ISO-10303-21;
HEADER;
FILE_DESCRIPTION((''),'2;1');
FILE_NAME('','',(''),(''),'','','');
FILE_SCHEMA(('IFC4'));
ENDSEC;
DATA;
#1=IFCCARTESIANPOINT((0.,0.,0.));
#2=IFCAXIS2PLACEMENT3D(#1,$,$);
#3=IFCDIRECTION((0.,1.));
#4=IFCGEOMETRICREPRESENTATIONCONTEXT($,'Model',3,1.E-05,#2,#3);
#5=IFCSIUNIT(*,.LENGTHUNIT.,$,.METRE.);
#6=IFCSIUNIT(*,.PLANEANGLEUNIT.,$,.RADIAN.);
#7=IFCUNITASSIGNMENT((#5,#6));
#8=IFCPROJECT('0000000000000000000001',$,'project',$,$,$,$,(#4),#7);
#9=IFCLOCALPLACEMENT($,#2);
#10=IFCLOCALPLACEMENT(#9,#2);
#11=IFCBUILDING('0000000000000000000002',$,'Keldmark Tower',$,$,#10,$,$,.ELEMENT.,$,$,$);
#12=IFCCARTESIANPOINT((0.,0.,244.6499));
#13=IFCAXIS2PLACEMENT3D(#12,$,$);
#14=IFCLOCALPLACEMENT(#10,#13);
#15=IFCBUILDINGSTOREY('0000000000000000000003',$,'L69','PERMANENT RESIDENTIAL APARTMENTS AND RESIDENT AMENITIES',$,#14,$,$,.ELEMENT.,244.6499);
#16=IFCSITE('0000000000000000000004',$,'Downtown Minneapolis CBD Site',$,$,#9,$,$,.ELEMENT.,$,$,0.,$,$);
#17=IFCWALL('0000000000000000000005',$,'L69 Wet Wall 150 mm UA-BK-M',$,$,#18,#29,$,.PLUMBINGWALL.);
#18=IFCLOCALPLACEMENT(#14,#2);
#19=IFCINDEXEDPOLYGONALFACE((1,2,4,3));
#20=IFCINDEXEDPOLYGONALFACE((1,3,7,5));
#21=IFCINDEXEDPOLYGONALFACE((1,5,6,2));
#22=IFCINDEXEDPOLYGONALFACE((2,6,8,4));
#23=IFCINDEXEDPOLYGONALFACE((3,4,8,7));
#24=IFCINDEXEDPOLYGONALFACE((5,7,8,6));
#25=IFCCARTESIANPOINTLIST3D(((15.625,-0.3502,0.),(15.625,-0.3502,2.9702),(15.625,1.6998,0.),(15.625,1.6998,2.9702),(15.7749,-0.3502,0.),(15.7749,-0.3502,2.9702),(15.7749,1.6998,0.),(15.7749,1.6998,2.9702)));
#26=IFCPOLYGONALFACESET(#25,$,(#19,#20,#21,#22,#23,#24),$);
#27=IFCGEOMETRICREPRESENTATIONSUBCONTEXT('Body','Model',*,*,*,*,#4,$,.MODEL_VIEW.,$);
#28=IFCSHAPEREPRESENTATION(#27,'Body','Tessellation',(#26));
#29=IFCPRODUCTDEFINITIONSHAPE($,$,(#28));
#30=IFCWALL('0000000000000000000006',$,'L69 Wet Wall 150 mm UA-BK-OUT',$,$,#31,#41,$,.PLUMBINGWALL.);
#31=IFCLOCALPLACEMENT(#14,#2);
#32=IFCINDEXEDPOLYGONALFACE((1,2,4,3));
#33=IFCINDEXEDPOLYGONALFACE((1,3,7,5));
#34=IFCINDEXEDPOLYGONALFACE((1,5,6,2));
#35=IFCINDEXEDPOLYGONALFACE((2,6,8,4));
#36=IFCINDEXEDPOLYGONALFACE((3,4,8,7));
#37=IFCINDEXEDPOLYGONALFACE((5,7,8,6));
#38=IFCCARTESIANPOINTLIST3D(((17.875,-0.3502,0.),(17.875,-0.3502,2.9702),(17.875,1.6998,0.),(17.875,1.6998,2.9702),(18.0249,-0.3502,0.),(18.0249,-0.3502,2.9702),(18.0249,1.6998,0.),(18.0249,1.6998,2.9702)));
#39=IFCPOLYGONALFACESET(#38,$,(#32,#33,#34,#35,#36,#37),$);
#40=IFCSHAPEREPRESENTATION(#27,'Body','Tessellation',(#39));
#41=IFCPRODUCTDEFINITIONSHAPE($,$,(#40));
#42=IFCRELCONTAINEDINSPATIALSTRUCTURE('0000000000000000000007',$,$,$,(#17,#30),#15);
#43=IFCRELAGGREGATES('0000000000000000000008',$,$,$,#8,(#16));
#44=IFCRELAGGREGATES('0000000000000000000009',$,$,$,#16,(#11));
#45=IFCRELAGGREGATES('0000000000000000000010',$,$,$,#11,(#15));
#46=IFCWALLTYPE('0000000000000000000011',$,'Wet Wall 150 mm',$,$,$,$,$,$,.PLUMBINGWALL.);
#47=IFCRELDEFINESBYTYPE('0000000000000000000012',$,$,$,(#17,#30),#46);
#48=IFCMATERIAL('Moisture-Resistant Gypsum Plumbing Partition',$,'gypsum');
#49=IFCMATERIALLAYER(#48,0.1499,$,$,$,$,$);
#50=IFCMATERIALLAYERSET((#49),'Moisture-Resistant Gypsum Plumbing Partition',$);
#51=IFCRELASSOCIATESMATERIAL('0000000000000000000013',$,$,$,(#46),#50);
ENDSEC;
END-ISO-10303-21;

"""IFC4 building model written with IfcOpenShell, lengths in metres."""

from ifc_helpers import new_model, si_unit, direction, frame, frame_2d, origin, place, context, subcontext, project, spatial, rectangle, extrude, material, layer, layer_set, type_object, element, save


model = new_model("IFC4")

# Units and contexts
model_context = context("Model", 3, precision=1e-05, world=origin(), true_north=direction((0.0, 1.0)))
body_context = subcontext(model_context, "Body", "Model", "MODEL_VIEW")
ifc_project = project(units=[si_unit("LENGTHUNIT", "METRE"), si_unit("PLANEANGLEUNIT", "RADIAN")], contexts=[model_context])

# Site, building, storey
site_placement = place(None, origin())
site = spatial("IfcSite", under=ifc_project, at=site_placement, Name="Downtown Minneapolis CBD Site", CompositionType="ELEMENT", RefElevation=0.0)
building_placement = place(site_placement, origin())
building = spatial("IfcBuilding", under=site, at=building_placement, Name="Keldmark Tower", CompositionType="ELEMENT")
storey_placement = place(building_placement, frame((0.0, 0.0, 244.6499)))
storey = spatial("IfcBuildingStorey", under=building, at=storey_placement, Name="L69", Description="PERMANENT RESIDENTIAL APARTMENTS AND RESIDENT AMENITIES", CompositionType="ELEMENT", Elevation=244.6499)

# Walls
ifc_material_1 = material(Name="Moisture-Resistant Gypsum Plumbing Partition", Category="gypsum")
ifc_layer_1 = layer(ifc_material_1, 0.1499)
ifc_layer_set_1 = layer_set([ifc_layer_1], Name="Moisture-Resistant Gypsum Plumbing Partition")
wall_type_1 = type_object("IfcWallType", Name="Wet Wall 150 mm", PredefinedType="PLUMBINGWALL", material=ifc_layer_set_1)
for number, where, z_axis, x_axis, name in (
    (1, (15.7, -0.3501, 0.0), (0.0, 0.0, 1.0), (0.0, 1.0, 0.0), "L69 Wet Wall 150 mm UA-BK-M"),
    (2, (17.95, -0.3501, 0.0), (0.0, 0.0, 1.0), (0.0, 1.0, 0.0), "L69 Wet Wall 150 mm UA-BK-OUT"),
):
    element("IfcWall", number, at=place(storey_placement, frame(where, z_axis=z_axis, x_axis=x_axis)), inside=storey, type_object=wall_type_1, Name=name, PredefinedType="PLUMBINGWALL", context=body_context, shape_type="SweptSolid", body=[
        extrude(rectangle(XDim=2.05, YDim=0.1499, at=frame_2d((1.0249, 0.0))), origin(), (0.0, 0.0, 1.0), 2.9702),
    ])

save(model, "model.ifc")
